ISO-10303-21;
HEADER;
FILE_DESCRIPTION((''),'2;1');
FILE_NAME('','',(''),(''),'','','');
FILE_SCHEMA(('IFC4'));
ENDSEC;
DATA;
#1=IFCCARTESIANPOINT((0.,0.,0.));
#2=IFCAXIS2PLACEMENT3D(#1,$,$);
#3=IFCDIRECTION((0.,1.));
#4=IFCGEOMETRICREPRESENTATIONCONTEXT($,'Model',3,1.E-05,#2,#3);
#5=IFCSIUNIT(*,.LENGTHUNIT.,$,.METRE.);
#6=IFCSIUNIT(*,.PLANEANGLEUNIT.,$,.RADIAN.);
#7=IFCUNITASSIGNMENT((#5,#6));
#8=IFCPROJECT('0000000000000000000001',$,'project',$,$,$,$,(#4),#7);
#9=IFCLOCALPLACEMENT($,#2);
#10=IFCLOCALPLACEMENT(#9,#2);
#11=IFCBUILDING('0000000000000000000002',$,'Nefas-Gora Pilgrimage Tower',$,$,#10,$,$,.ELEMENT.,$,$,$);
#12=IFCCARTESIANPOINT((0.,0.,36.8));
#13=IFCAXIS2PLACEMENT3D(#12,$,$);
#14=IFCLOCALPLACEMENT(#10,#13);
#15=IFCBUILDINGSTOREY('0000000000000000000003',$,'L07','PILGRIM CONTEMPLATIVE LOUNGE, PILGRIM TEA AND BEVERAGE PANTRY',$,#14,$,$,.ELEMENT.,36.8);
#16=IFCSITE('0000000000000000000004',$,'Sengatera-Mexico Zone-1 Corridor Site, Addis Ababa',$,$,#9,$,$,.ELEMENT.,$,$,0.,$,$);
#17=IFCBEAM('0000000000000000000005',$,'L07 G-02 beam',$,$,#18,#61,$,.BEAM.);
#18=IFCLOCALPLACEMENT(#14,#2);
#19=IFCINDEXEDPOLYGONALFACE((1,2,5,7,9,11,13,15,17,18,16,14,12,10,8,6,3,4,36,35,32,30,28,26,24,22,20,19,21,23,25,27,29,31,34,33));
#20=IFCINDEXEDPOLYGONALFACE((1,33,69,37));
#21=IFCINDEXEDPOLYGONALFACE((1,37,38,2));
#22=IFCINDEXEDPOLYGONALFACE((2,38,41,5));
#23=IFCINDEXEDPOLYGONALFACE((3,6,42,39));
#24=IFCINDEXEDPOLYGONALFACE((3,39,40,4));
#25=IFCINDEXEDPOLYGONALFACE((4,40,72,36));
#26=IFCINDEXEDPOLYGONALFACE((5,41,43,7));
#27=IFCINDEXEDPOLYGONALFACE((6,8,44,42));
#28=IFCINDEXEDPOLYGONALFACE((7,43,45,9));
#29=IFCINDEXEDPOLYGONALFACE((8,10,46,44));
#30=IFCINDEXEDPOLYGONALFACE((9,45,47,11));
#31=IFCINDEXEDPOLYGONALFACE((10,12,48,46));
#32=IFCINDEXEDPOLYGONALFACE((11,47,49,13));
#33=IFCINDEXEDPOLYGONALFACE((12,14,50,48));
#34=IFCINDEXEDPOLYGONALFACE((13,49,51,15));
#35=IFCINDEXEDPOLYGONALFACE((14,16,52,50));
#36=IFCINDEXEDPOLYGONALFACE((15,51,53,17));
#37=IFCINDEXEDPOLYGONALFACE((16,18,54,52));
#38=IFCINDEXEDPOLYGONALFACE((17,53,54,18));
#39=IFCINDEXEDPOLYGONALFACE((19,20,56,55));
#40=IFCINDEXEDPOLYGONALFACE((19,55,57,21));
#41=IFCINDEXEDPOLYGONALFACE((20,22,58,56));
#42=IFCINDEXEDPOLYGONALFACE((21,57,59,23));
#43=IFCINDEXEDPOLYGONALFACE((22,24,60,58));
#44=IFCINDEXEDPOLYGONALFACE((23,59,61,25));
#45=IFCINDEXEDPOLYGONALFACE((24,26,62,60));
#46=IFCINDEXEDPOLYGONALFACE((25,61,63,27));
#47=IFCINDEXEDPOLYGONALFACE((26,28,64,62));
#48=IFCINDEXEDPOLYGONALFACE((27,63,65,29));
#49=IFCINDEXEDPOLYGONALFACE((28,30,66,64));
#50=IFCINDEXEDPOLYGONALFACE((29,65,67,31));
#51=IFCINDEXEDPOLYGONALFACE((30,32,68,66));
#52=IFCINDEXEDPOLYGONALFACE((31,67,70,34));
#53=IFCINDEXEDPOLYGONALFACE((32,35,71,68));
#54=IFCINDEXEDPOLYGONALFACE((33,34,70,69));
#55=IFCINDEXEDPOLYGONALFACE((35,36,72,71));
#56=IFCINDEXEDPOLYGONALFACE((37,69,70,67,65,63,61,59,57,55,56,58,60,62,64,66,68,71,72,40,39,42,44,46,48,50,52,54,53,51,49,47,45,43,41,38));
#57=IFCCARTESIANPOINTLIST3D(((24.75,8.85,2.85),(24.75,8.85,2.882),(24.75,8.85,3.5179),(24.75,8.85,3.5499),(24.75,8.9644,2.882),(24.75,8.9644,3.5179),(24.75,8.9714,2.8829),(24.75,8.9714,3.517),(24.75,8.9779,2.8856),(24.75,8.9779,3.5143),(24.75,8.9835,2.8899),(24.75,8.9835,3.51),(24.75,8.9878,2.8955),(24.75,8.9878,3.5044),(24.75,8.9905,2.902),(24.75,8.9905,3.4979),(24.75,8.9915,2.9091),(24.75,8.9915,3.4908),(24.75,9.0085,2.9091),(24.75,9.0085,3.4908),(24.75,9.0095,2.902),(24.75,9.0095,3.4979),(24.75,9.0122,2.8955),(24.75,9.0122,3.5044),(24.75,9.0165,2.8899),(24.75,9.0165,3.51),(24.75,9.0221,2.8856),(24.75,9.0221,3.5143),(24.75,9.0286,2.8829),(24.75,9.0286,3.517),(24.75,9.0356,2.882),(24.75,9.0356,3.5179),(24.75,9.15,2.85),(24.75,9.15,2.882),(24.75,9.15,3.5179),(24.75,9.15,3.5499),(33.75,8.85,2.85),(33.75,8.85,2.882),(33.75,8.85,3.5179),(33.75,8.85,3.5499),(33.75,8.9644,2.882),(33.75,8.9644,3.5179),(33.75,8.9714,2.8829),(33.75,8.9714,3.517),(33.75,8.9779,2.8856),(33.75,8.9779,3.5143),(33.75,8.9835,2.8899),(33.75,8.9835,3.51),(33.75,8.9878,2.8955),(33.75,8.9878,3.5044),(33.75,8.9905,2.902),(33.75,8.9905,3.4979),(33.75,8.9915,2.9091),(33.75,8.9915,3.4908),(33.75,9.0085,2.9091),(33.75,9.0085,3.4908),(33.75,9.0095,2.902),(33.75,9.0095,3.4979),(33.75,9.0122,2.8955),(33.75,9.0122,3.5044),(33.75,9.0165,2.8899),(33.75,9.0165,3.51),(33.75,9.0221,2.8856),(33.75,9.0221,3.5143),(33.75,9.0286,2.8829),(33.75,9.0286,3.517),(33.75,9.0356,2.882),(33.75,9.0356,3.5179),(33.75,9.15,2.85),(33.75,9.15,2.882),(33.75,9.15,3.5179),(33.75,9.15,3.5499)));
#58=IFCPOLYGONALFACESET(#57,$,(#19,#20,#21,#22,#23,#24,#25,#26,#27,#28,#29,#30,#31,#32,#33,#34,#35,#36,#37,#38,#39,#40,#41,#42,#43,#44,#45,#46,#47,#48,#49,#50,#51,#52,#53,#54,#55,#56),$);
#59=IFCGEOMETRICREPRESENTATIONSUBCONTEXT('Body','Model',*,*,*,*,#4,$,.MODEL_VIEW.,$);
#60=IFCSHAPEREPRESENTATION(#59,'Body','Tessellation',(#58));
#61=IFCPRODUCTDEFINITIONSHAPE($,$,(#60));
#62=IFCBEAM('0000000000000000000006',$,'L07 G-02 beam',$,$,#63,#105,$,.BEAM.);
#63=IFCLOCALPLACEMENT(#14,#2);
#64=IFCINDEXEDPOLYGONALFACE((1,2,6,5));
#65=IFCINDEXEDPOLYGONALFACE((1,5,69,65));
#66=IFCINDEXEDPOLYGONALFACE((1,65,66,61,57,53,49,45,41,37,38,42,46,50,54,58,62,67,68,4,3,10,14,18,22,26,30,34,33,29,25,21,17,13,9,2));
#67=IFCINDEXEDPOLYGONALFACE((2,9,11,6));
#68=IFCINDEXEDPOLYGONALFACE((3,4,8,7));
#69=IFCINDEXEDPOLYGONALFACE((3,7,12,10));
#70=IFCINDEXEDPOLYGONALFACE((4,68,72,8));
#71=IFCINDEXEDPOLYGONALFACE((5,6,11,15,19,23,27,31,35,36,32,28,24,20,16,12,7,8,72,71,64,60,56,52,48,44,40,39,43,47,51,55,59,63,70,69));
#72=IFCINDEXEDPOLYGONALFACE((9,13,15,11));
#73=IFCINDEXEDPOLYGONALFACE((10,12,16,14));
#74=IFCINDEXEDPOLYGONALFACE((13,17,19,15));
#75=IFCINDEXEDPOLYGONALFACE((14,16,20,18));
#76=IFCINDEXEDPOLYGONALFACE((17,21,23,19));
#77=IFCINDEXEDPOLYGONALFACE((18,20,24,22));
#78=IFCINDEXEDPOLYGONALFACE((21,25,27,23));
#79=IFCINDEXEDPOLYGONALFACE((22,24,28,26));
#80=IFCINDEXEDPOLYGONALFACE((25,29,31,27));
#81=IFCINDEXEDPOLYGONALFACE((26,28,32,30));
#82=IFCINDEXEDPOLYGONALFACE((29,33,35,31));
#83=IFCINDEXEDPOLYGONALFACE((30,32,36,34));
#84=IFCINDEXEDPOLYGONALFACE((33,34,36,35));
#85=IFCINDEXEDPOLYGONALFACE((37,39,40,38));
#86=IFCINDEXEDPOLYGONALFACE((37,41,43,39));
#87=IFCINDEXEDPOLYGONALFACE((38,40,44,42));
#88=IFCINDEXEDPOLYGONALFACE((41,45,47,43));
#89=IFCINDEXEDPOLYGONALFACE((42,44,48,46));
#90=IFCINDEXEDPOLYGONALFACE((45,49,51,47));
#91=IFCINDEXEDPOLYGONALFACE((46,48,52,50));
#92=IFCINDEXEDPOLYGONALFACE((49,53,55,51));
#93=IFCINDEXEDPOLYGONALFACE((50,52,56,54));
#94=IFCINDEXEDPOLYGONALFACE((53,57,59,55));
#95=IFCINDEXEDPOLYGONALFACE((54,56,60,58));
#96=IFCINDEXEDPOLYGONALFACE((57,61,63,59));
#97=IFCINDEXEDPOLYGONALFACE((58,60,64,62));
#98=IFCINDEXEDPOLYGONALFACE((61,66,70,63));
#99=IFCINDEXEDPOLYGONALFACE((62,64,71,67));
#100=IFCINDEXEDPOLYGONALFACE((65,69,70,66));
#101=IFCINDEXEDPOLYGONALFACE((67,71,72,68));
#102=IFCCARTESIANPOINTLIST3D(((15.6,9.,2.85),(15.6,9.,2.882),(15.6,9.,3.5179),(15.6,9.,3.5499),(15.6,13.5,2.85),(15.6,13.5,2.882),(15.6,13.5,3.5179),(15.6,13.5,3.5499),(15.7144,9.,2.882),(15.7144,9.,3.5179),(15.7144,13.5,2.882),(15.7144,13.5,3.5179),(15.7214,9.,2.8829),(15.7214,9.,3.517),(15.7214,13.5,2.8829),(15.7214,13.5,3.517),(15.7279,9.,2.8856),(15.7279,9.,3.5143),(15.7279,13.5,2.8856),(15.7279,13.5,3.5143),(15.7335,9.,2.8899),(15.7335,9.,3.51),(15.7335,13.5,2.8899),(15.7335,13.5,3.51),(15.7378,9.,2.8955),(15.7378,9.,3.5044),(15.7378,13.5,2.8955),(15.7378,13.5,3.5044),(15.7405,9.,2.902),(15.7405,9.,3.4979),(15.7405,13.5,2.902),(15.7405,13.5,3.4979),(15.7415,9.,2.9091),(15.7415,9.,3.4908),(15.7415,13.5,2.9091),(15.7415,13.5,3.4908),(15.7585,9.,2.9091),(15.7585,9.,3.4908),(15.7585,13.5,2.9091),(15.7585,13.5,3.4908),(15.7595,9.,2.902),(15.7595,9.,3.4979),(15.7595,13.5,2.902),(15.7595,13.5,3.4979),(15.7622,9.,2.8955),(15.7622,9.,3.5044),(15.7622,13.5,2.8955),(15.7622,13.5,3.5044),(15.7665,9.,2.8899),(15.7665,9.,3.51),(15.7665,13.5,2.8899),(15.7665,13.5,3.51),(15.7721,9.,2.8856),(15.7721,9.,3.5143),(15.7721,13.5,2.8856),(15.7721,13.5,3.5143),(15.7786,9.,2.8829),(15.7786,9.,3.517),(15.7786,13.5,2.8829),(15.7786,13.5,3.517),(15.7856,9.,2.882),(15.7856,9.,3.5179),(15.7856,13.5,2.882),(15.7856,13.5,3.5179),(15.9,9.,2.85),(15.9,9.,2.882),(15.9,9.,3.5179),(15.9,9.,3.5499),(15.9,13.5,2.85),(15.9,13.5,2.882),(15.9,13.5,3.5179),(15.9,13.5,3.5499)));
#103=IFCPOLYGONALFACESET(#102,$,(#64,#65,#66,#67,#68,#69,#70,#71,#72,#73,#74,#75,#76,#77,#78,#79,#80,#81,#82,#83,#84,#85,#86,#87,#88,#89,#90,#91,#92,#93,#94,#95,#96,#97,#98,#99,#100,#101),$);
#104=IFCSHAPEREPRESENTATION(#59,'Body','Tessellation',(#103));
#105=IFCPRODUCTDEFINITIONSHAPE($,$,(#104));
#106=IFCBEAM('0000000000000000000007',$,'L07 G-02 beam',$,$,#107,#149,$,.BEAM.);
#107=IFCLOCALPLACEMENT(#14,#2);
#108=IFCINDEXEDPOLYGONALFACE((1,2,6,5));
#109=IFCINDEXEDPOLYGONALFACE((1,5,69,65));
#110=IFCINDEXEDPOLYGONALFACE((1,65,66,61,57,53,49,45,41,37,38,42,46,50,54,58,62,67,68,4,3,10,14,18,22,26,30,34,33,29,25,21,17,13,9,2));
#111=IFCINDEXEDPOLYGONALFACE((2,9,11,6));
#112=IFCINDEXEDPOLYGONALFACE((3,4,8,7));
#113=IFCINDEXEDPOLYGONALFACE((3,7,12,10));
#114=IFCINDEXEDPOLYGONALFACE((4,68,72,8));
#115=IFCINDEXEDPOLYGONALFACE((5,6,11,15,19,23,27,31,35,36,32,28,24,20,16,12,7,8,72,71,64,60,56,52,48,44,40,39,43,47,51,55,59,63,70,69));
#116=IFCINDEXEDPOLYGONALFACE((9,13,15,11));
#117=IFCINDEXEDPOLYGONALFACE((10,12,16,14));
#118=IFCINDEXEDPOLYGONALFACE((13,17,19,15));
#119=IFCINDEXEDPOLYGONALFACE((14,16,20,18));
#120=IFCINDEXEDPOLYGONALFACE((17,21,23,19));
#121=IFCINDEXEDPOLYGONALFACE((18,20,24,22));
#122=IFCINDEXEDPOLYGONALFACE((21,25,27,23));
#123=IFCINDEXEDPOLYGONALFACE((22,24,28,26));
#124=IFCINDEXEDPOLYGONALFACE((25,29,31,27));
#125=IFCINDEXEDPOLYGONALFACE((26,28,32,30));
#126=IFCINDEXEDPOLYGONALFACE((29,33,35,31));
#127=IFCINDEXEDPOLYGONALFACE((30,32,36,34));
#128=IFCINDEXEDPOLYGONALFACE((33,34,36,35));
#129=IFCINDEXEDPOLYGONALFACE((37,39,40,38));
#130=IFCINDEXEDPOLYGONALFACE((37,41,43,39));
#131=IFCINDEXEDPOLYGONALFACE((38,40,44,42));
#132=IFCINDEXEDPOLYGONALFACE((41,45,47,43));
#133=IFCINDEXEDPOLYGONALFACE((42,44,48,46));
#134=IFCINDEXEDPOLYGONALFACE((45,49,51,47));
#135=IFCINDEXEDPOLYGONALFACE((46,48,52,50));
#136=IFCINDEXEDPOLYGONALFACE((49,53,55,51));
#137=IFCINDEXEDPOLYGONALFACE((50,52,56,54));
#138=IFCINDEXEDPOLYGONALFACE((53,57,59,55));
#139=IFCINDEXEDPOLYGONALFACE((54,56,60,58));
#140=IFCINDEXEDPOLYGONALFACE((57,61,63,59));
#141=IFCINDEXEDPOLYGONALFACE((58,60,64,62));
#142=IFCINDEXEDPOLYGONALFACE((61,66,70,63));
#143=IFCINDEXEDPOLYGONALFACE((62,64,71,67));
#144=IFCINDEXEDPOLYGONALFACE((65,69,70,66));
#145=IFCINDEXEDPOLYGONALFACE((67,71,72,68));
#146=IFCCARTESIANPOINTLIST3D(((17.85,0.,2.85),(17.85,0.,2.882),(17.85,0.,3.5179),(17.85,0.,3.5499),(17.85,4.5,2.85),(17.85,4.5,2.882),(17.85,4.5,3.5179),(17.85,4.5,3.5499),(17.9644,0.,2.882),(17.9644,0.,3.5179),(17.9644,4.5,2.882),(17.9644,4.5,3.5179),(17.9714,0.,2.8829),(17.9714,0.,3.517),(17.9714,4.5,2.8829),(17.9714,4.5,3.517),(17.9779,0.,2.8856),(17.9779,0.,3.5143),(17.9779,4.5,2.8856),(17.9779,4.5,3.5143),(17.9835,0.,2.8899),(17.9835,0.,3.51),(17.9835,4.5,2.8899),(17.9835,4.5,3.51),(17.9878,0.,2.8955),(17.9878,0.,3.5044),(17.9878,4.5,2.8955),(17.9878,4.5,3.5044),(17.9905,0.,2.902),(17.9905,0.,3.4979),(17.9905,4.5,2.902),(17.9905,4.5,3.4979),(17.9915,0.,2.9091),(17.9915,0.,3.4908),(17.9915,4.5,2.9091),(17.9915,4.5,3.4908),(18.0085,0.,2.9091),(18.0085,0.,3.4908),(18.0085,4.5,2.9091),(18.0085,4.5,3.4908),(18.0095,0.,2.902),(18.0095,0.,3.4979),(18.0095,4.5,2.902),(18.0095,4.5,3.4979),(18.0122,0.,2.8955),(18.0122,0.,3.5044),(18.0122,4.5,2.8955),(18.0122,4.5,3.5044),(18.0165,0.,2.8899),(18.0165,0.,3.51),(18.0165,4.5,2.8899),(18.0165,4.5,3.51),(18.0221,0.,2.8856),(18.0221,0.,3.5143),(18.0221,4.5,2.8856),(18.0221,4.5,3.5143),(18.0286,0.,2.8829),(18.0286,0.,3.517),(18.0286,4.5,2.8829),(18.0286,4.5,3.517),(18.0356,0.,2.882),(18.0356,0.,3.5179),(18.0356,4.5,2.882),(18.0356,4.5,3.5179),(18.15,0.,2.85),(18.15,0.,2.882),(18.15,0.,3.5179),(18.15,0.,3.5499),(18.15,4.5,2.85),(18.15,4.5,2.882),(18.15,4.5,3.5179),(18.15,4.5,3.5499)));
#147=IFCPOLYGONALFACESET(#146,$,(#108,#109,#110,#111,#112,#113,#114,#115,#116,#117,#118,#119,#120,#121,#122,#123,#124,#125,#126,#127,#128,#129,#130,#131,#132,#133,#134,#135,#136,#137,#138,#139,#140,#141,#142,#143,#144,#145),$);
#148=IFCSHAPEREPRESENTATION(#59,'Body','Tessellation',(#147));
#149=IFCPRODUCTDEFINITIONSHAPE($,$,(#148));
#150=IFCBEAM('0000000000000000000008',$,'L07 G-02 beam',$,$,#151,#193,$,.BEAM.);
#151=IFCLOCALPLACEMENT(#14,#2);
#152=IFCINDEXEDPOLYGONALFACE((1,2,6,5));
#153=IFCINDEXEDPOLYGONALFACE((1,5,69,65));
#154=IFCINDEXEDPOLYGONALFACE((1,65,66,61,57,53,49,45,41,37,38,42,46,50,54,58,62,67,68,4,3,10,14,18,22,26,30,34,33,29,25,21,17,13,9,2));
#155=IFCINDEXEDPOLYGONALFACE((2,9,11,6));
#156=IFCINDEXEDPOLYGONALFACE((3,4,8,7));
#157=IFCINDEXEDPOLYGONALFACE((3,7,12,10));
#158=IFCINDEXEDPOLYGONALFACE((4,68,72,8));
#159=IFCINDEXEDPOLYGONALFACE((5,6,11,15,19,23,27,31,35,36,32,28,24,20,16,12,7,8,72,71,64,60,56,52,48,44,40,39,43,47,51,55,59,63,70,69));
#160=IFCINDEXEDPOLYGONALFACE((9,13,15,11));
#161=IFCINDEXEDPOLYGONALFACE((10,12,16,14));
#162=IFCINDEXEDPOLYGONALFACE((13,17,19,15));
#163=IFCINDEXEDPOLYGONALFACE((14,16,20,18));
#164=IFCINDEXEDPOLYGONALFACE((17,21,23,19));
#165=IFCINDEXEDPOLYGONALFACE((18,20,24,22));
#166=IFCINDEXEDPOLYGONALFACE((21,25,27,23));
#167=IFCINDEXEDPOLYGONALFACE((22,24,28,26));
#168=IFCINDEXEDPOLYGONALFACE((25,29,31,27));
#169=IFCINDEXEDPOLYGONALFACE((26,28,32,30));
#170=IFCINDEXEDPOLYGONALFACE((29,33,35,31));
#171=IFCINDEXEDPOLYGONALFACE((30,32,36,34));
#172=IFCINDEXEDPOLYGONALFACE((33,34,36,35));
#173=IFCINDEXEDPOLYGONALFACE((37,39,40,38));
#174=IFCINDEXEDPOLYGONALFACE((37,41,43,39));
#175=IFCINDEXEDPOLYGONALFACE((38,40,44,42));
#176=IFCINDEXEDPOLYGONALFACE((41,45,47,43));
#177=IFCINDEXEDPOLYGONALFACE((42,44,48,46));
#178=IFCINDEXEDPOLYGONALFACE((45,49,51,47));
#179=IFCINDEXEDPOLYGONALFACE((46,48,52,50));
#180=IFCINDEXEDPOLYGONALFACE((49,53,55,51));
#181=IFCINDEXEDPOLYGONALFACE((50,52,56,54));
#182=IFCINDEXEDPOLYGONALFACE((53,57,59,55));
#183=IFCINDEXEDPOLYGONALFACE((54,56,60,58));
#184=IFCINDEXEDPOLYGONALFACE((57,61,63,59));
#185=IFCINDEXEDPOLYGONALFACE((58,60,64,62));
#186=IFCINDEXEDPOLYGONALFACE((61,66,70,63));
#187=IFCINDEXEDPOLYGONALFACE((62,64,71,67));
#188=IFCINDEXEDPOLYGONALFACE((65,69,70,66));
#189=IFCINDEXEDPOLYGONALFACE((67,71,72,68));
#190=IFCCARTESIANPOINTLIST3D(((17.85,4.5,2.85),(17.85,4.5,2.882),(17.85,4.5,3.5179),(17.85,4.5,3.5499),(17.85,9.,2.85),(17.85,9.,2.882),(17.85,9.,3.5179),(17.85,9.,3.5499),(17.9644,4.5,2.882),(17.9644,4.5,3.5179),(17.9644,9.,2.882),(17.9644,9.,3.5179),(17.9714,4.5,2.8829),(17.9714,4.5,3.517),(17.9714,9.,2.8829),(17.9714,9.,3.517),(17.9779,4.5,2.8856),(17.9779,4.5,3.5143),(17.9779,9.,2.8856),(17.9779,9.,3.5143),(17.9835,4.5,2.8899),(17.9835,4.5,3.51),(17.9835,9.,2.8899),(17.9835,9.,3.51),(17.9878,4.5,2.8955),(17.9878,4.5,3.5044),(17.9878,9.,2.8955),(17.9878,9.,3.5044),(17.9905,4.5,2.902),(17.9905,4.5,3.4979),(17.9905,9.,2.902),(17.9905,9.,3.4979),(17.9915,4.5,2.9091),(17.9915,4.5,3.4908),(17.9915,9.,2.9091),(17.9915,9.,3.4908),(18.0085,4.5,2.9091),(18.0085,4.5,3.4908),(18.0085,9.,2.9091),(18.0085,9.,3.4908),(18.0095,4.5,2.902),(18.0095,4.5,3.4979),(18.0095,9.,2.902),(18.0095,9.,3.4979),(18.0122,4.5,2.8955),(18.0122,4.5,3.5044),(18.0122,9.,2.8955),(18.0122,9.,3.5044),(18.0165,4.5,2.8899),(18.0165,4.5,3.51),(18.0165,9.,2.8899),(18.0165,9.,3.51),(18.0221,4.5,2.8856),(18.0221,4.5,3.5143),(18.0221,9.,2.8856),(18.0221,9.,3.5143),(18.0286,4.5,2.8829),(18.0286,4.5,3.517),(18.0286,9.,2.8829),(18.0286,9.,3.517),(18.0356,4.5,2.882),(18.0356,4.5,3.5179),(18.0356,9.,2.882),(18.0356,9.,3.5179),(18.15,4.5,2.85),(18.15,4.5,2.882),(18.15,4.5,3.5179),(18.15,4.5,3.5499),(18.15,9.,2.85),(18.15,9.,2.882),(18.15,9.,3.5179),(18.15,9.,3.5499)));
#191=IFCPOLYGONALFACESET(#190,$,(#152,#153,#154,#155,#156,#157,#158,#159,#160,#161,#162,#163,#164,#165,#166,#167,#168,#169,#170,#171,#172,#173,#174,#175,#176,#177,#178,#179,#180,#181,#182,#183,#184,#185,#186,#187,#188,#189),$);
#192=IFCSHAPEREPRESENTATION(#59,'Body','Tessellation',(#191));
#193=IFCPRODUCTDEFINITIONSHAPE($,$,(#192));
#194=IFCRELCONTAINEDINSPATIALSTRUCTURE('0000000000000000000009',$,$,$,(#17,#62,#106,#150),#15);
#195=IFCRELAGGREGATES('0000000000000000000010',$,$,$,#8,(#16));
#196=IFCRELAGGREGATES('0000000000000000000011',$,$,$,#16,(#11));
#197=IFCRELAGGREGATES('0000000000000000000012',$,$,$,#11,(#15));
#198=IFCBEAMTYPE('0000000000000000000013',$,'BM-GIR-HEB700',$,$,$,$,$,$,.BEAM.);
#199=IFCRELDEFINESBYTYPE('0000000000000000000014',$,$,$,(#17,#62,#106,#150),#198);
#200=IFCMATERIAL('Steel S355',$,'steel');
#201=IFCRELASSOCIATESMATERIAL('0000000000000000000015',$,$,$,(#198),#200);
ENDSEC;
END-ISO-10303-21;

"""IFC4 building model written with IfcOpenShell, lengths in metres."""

from ifc_helpers import new_model, si_unit, direction, frame, origin, origin_2d, place, context, subcontext, project, spatial, i_section, extrude, source, transform, mapped, material, material_profile, profile_set, type_object, element, save


model = new_model("IFC4")

# Units and contexts
model_context = context("Model", 3, precision=1e-05, world=origin(), true_north=direction((0.0, 1.0)))
body_context = subcontext(model_context, "Body", "Model", "MODEL_VIEW")
ifc_project = project(units=[si_unit("LENGTHUNIT", "METRE"), si_unit("PLANEANGLEUNIT", "RADIAN")], contexts=[model_context])

# Site, building, storey
site_placement = place(None, origin())
site = spatial("IfcSite", under=ifc_project, at=site_placement, Name="Sengatera-Mexico Zone-1 Corridor Site, Addis Ababa", CompositionType="ELEMENT", RefElevation=0.0)
building_placement = place(site_placement, origin())
building = spatial("IfcBuilding", under=site, at=building_placement, Name="Nefas-Gora Pilgrimage Tower", CompositionType="ELEMENT")
storey_placement = place(building_placement, frame((0.0, 0.0, 36.8)))
storey = spatial("IfcBuildingStorey", under=building, at=storey_placement, Name="L07", Description="PILGRIM CONTEMPLATIVE LOUNGE, PILGRIM TEA AND BEVERAGE PANTRY", CompositionType="ELEMENT", Elevation=36.8)

# Beams
ifc_material_1 = material(Name="Steel S355", Category="steel")
ifc_material_profile_1 = material_profile(ifc_material_1, i_section(OverallWidth=0.3, OverallDepth=0.7, WebThickness=0.0171, FlangeThickness=0.032, FilletRadius=0.0271, at=origin_2d()), Name="HEB 700")
ifc_profile_set_1 = profile_set([ifc_material_profile_1], Name="Steel S355")
beam_type_1 = type_object("IfcBeamType", Name="BM-GIR-HEB700", PredefinedType="BEAM", material=ifc_profile_set_1)
shared_shape_1 = source(origin(), body_context, "Body", "SweptSolid", [
    extrude(i_section(OverallWidth=0.3, OverallDepth=0.7, WebThickness=0.0171, FlangeThickness=0.032, FilletRadius=0.0271, at=origin_2d()), origin(), (0.0, 0.0, 1.0), 9.0),
])
for number, where, z_axis, x_axis, name in (
    (1, (24.75, 9.0, 3.2), (1.0, 0.0, 0.0), (0.0, 1.0, 0.0), "L07 G-02 beam"),
):
    element("IfcBeam", number, at=place(storey_placement, frame(where, z_axis=z_axis, x_axis=x_axis)), inside=storey, type_object=beam_type_1, Name=name, PredefinedType="BEAM", context=body_context, shape_type="MappedRepresentation", body=[
        mapped(shared_shape_1, transform((0.0, 0.0, 0.0), x_axis=(1.0, 0.0, 0.0), y_axis=(0.0, 1.0, 0.0), z_axis=(0.0, 0.0, 1.0), scale=1.0)),
    ])
shared_shape_2 = source(origin(), body_context, "Body", "SweptSolid", [
    extrude(i_section(OverallWidth=0.3, OverallDepth=0.7, WebThickness=0.0171, FlangeThickness=0.032, FilletRadius=0.0271, at=origin_2d()), origin(), (0.0, 0.0, 1.0), 4.5),
])
for number, where, z_axis, x_axis, name in (
    (2, (15.75, 9.0, 3.2), (0.0, 1.0, 0.0), (-1.0, 0.0, 0.0), "L07 G-02 beam"),
    (3, (18.0, 0.0, 3.2), (0.0, 1.0, 0.0), (-1.0, 0.0, 0.0), "L07 G-02 beam"),
    (4, (18.0, 4.5, 3.2), (0.0, 1.0, 0.0), (-1.0, 0.0, 0.0), "L07 G-02 beam"),
):
    element("IfcBeam", number, at=place(storey_placement, frame(where, z_axis=z_axis, x_axis=x_axis)), inside=storey, type_object=beam_type_1, Name=name, PredefinedType="BEAM", context=body_context, shape_type="MappedRepresentation", body=[
        mapped(shared_shape_2, transform((0.0, 0.0, 0.0), x_axis=(1.0, 0.0, 0.0), y_axis=(0.0, 1.0, 0.0), z_axis=(0.0, 0.0, 1.0), scale=1.0)),
    ])

save(model, "model.ifc")
